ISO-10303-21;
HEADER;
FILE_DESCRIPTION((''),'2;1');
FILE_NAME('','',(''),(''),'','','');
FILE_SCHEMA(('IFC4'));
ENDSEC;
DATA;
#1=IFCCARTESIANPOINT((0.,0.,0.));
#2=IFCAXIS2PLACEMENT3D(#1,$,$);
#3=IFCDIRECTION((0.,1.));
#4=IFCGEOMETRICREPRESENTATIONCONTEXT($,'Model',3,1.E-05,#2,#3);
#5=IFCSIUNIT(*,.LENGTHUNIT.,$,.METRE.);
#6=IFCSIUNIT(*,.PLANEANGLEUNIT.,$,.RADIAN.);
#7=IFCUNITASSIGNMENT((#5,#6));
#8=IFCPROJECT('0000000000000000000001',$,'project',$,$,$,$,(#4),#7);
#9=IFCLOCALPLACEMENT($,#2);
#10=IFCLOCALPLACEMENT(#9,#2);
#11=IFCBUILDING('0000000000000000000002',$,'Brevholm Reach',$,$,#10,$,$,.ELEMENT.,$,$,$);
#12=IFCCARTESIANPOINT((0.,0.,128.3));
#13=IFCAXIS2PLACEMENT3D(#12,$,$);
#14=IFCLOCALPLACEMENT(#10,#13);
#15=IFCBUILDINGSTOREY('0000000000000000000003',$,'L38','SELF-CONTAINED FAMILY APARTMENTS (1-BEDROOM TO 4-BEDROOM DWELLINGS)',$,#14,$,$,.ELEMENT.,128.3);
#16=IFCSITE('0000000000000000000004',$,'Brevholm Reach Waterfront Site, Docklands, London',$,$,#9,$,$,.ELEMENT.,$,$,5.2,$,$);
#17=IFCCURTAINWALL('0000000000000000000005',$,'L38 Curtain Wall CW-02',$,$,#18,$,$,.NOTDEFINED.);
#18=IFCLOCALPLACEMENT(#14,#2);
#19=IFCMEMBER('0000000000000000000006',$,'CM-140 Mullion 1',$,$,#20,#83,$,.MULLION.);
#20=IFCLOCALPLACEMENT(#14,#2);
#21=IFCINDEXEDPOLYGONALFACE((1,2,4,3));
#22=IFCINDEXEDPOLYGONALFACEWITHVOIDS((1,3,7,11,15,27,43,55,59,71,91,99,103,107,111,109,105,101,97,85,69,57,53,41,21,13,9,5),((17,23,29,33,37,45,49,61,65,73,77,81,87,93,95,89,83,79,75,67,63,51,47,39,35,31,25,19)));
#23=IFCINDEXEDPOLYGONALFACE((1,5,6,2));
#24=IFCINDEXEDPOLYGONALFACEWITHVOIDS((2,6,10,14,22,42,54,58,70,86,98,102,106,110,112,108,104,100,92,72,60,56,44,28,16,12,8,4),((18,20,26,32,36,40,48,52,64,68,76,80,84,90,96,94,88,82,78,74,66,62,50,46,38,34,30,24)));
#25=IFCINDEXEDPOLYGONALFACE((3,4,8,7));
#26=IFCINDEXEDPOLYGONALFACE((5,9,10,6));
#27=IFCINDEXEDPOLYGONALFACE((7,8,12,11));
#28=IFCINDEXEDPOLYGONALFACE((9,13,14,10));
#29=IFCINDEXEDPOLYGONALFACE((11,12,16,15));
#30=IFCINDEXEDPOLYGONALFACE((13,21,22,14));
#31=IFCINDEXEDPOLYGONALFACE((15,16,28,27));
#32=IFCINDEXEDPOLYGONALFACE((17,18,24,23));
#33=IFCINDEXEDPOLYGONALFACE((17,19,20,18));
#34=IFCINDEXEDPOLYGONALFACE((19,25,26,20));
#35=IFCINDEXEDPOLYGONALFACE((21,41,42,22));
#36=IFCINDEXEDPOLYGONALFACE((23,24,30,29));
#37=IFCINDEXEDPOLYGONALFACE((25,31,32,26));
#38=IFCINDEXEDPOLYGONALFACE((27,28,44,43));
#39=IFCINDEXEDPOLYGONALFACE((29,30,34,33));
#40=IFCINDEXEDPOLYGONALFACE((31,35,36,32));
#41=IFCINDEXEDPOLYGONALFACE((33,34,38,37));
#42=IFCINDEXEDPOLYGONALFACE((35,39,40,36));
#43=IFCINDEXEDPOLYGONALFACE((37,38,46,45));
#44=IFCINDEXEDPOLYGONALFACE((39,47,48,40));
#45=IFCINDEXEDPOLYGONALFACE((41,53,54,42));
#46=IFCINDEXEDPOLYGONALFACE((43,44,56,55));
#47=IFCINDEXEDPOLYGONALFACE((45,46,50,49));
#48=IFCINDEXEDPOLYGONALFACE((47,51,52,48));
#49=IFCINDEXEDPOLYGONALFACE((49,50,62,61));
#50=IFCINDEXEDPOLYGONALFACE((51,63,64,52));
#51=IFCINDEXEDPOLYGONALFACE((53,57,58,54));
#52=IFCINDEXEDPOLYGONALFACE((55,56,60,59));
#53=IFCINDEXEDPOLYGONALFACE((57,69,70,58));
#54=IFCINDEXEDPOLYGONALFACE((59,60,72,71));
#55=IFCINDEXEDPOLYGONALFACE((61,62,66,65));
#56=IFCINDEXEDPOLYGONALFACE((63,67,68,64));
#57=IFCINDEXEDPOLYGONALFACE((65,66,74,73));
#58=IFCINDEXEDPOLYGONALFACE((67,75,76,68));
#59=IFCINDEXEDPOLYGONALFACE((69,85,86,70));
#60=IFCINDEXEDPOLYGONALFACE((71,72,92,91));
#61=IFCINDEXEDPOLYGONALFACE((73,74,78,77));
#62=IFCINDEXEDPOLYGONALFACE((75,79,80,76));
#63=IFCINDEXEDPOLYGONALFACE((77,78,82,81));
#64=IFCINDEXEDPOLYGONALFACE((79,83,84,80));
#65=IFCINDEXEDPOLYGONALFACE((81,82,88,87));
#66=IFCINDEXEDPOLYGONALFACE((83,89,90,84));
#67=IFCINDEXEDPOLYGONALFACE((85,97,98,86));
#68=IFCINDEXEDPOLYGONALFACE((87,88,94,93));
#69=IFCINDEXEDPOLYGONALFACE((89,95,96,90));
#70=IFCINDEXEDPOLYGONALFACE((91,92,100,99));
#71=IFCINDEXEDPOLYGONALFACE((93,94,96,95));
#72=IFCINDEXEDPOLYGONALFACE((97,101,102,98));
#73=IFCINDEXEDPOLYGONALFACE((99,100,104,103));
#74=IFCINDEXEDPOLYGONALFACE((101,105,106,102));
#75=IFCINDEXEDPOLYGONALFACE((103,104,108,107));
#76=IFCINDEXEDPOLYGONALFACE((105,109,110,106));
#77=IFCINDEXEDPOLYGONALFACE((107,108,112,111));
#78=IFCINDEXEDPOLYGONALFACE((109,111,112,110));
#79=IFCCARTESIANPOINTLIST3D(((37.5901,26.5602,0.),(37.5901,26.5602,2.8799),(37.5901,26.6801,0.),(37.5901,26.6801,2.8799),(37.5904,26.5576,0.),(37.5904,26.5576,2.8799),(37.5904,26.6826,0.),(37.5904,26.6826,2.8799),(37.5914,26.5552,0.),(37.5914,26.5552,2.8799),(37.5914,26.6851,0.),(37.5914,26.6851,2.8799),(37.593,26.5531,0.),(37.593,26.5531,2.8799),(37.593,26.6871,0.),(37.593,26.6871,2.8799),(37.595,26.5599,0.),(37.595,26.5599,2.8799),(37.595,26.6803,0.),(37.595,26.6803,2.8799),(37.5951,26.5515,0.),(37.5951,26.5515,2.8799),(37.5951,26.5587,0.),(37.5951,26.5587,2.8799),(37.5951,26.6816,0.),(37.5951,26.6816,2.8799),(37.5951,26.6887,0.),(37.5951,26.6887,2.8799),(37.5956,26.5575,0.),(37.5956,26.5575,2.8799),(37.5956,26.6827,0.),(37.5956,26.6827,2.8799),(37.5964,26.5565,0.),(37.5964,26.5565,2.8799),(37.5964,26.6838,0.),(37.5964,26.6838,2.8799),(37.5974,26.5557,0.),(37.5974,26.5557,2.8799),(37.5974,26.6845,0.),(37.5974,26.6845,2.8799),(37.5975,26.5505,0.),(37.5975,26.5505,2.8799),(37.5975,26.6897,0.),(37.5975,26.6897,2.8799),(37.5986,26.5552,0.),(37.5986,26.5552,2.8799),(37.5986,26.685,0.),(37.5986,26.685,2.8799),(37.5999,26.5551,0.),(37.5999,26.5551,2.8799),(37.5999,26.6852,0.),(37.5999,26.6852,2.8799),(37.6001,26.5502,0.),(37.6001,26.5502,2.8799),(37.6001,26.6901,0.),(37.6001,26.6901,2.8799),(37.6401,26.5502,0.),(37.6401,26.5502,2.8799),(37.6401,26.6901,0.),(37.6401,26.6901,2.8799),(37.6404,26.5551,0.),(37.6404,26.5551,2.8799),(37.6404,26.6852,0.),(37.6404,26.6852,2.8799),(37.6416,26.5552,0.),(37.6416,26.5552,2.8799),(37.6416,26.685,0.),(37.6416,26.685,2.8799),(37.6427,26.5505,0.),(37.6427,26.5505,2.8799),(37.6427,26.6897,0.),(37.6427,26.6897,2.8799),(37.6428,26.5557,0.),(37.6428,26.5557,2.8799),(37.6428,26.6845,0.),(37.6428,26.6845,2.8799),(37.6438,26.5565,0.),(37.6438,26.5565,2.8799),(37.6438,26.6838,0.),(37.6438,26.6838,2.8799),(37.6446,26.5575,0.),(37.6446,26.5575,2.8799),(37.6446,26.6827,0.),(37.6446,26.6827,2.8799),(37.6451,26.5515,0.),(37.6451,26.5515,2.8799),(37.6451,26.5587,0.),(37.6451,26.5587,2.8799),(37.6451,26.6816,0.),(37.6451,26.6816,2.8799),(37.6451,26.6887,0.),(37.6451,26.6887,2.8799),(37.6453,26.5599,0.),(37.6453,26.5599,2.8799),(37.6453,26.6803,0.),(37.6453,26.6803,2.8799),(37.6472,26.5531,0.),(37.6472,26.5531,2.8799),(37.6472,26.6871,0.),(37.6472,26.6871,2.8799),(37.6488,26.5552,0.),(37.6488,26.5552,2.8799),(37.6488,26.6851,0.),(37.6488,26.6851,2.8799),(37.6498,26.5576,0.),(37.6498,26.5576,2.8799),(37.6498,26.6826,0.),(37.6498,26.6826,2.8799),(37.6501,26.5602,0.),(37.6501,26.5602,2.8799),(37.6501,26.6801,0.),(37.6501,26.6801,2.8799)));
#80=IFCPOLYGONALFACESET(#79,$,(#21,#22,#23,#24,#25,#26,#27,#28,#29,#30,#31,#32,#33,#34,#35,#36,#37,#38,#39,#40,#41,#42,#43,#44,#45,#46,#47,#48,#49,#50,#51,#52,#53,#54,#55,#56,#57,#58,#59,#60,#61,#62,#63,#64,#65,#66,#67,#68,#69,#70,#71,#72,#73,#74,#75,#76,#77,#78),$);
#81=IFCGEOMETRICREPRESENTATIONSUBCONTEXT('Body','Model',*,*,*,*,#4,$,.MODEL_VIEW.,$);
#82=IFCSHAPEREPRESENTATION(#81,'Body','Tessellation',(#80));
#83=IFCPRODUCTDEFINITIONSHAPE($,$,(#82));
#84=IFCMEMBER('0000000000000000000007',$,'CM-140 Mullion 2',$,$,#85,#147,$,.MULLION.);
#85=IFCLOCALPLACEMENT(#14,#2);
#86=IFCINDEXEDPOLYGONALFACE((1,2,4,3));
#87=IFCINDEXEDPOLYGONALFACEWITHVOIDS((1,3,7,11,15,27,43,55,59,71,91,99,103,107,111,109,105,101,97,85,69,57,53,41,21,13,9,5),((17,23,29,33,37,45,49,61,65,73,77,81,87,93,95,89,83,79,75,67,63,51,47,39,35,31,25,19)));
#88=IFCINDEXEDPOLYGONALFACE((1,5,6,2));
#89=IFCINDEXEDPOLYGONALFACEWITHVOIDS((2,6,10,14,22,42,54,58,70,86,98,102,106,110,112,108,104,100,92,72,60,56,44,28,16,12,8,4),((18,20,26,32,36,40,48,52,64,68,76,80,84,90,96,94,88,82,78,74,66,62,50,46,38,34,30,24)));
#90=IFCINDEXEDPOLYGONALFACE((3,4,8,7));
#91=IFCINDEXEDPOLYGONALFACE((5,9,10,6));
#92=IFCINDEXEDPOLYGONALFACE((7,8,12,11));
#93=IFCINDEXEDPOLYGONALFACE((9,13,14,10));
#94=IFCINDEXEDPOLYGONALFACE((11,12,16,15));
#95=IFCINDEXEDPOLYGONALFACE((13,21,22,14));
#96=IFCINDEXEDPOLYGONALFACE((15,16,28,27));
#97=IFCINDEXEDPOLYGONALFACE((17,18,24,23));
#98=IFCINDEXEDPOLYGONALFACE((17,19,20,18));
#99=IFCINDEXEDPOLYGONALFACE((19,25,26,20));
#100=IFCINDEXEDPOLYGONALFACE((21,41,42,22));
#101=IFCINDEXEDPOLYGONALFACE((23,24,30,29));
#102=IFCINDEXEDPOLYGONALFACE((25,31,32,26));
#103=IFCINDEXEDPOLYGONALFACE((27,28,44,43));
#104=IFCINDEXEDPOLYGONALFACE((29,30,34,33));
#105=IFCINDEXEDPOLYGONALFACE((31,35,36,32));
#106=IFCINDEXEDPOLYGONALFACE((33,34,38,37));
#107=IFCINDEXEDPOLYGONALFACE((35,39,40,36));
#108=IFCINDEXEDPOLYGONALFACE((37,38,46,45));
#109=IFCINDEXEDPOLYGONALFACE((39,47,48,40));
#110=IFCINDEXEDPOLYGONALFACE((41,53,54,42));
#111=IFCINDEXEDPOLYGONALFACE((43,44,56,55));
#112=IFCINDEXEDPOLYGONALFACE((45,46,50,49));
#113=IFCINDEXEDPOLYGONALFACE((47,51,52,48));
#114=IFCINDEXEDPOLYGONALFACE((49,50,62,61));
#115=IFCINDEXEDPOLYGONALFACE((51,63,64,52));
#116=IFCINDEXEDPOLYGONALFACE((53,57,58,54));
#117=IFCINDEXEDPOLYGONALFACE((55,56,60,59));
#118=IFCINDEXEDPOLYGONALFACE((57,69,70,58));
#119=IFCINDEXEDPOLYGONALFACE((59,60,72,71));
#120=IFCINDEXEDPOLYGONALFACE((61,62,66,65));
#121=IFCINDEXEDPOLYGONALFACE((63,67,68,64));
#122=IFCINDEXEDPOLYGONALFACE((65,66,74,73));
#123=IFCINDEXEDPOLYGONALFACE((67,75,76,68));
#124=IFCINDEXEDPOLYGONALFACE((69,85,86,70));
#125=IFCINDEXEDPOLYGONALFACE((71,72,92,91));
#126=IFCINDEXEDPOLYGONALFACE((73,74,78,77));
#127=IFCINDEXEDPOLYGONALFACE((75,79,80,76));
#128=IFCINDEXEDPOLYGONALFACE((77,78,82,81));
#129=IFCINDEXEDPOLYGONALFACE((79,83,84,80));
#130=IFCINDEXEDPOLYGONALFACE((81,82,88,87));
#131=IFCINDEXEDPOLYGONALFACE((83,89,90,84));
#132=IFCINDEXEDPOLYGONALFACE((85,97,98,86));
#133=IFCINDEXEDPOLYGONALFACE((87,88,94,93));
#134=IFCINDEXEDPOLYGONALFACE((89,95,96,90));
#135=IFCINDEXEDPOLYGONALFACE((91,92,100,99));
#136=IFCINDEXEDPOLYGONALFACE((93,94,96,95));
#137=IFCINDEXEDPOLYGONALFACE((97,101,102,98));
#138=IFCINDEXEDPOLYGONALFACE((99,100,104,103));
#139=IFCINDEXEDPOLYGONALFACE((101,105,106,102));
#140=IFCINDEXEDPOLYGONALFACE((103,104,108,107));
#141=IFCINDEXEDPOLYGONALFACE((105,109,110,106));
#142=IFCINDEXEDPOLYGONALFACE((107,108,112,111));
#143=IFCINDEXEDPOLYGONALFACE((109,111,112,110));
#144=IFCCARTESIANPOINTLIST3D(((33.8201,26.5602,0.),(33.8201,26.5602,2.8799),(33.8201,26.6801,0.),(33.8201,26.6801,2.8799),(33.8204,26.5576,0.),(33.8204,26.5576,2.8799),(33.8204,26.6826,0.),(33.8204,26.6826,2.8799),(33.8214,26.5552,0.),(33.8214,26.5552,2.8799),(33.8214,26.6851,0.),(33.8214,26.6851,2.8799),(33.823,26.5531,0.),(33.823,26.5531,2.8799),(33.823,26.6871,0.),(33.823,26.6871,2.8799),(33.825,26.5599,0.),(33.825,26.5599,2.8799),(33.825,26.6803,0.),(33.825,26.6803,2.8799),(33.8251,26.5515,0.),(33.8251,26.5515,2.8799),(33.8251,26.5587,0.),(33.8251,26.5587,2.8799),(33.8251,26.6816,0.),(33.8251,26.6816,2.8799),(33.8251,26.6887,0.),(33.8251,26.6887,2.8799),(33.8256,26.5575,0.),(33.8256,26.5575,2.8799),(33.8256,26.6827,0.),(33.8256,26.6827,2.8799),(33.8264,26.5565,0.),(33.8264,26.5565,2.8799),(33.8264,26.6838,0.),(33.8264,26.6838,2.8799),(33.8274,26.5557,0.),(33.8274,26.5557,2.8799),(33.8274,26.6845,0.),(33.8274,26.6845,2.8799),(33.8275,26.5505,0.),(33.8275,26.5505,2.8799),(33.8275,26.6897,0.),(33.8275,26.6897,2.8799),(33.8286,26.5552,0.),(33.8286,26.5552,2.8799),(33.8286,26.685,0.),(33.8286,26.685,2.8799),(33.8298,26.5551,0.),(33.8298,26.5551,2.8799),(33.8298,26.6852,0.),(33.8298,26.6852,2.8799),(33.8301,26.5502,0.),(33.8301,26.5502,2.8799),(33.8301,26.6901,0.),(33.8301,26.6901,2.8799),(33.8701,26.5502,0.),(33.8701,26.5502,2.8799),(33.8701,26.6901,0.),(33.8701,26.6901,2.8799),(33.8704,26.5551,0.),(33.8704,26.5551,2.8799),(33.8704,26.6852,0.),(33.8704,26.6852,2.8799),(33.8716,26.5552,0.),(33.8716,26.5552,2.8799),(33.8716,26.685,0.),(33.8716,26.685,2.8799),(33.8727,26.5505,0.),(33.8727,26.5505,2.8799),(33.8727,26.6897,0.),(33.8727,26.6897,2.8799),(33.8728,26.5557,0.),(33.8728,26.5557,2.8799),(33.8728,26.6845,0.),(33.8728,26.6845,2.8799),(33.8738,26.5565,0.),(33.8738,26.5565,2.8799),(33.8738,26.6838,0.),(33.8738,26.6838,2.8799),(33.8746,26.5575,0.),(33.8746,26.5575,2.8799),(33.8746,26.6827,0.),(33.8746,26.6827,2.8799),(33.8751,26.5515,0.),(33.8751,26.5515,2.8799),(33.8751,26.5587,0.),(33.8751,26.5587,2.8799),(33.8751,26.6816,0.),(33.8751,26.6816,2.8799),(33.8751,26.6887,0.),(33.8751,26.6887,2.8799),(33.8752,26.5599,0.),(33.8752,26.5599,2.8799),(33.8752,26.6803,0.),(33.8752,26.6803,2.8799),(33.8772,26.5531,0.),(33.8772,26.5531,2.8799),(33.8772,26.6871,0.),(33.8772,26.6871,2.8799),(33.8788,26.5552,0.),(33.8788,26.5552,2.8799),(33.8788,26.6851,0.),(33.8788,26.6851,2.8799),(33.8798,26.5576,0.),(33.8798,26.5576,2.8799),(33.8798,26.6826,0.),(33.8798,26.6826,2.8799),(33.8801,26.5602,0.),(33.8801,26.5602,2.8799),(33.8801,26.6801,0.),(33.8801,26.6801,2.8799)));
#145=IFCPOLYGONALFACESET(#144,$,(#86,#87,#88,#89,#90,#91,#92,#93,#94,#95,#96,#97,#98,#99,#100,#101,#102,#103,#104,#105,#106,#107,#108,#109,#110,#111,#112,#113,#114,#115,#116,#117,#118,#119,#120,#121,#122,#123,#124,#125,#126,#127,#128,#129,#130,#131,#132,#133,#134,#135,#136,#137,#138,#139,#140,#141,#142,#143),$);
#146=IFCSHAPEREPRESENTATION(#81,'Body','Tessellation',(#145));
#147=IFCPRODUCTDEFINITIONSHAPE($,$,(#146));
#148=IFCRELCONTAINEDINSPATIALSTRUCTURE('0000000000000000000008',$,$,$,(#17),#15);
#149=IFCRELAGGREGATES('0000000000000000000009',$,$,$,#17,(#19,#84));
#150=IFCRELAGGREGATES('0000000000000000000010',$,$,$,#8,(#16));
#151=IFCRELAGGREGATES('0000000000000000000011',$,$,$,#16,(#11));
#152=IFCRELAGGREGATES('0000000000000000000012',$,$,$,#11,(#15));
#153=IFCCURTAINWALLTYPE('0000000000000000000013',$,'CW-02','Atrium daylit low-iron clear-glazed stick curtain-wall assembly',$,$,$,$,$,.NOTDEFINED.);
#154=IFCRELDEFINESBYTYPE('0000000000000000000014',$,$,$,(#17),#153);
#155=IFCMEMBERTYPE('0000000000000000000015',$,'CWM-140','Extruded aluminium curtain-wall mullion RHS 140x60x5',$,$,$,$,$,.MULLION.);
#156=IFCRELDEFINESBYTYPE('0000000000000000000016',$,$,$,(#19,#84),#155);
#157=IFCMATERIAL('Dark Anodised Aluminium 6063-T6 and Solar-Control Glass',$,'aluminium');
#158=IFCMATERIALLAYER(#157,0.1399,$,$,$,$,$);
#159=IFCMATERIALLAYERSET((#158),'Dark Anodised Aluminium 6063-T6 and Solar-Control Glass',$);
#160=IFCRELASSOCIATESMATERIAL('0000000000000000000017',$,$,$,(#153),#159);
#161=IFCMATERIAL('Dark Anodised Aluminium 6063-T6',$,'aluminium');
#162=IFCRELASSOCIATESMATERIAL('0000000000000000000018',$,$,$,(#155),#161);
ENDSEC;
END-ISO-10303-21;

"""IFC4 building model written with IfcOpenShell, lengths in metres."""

from ifc_helpers import new_model, si_unit, direction, frame, origin, origin_2d, place, context, subcontext, project, spatial, hollow_rectangle, extrude, material, layer, layer_set, material_profile, profile_set, type_object, element, aggregate, save


model = new_model("IFC4")

# Units and contexts
model_context = context("Model", 3, precision=1e-05, world=origin(), true_north=direction((0.0, 1.0)))
body_context = subcontext(model_context, "Body", "Model", "MODEL_VIEW")
ifc_project = project(units=[si_unit("LENGTHUNIT", "METRE"), si_unit("PLANEANGLEUNIT", "RADIAN")], contexts=[model_context])

# Site, building, storey
site_placement = place(None, origin())
site = spatial("IfcSite", under=ifc_project, at=site_placement, Name="Brevholm Reach Waterfront Site, Docklands, London", CompositionType="ELEMENT", RefElevation=5.2)
building_placement = place(site_placement, origin())
building = spatial("IfcBuilding", under=site, at=building_placement, Name="Brevholm Reach", CompositionType="ELEMENT")
storey_placement = place(building_placement, frame((0.0, 0.0, 128.3)))
storey = spatial("IfcBuildingStorey", under=building, at=storey_placement, Name="L38", Description="SELF-CONTAINED FAMILY APARTMENTS (1-BEDROOM TO 4-BEDROOM DWELLINGS)", CompositionType="ELEMENT", Elevation=128.3)

# Curtain wall, members
ifc_material_1 = material(Name="Dark Anodised Aluminium 6063-T6 and Solar-Control Glass", Category="aluminium")
ifc_layer_1 = layer(ifc_material_1, 0.1399)
ifc_layer_set_1 = layer_set([ifc_layer_1], Name="Dark Anodised Aluminium 6063-T6 and Solar-Control Glass")
curtain_wall_type_1 = type_object("IfcCurtainWallType", Name="CW-02", Description="Atrium daylit low-iron clear-glazed stick curtain-wall assembly", PredefinedType="NOTDEFINED", material=ifc_layer_set_1)
curtain_wall_1_placement = place(storey_placement, origin())
curtain_wall_1 = element("IfcCurtainWall", 1, at=curtain_wall_1_placement, inside=storey, type_object=curtain_wall_type_1, Name="L38 Curtain Wall CW-02", PredefinedType="NOTDEFINED")
ifc_material_2 = material(Name="Dark Anodised Aluminium 6063-T6", Category="aluminium")
ifc_material_profile_1 = material_profile(ifc_material_2, hollow_rectangle(XDim=0.0601, YDim=0.1399, WallThickness=0.0049, InnerFilletRadius=0.0049, OuterFilletRadius=0.01, at=origin_2d()), Name="RHS 140x60x5")
ifc_profile_set_1 = profile_set([ifc_material_profile_1], Name="Dark Anodised Aluminium 6063-T6")
member_type_1 = type_object("IfcMemberType", Name="CWM-140", Description="Extruded aluminium curtain-wall mullion RHS 140x60x5", PredefinedType="MULLION", material=ifc_profile_set_1)
member_1_placement = place(storey_placement, frame((37.6201, 26.6201, 0.0), z_axis=(0.0, 0.0, 1.0), x_axis=(-1.0, 0.0, 0.0)))
member_1 = element("IfcMember", 2, at=member_1_placement, type_object=member_type_1, Name="CM-140 Mullion 1", PredefinedType="MULLION", context=body_context, shape_type="SweptSolid", body=[
    extrude(hollow_rectangle(XDim=0.0601, YDim=0.1399, WallThickness=0.0049, InnerFilletRadius=0.0049, OuterFilletRadius=0.01, at=origin_2d()), origin(), (0.0, 0.0, 1.0), 2.8799),
])
member_2_placement = place(storey_placement, frame((33.8501, 26.6201, 0.0), z_axis=(0.0, 0.0, 1.0), x_axis=(-1.0, 0.0, 0.0)))
member_2 = element("IfcMember", 3, at=member_2_placement, type_object=member_type_1, Name="CM-140 Mullion 2", PredefinedType="MULLION", context=body_context, shape_type="SweptSolid", body=[
    extrude(hollow_rectangle(XDim=0.0601, YDim=0.1399, WallThickness=0.0049, InnerFilletRadius=0.0049, OuterFilletRadius=0.01, at=origin_2d()), origin(), (0.0, 0.0, 1.0), 2.8799),
])

aggregate(curtain_wall_1, [member_1, member_2])

save(model, "model.ifc")
